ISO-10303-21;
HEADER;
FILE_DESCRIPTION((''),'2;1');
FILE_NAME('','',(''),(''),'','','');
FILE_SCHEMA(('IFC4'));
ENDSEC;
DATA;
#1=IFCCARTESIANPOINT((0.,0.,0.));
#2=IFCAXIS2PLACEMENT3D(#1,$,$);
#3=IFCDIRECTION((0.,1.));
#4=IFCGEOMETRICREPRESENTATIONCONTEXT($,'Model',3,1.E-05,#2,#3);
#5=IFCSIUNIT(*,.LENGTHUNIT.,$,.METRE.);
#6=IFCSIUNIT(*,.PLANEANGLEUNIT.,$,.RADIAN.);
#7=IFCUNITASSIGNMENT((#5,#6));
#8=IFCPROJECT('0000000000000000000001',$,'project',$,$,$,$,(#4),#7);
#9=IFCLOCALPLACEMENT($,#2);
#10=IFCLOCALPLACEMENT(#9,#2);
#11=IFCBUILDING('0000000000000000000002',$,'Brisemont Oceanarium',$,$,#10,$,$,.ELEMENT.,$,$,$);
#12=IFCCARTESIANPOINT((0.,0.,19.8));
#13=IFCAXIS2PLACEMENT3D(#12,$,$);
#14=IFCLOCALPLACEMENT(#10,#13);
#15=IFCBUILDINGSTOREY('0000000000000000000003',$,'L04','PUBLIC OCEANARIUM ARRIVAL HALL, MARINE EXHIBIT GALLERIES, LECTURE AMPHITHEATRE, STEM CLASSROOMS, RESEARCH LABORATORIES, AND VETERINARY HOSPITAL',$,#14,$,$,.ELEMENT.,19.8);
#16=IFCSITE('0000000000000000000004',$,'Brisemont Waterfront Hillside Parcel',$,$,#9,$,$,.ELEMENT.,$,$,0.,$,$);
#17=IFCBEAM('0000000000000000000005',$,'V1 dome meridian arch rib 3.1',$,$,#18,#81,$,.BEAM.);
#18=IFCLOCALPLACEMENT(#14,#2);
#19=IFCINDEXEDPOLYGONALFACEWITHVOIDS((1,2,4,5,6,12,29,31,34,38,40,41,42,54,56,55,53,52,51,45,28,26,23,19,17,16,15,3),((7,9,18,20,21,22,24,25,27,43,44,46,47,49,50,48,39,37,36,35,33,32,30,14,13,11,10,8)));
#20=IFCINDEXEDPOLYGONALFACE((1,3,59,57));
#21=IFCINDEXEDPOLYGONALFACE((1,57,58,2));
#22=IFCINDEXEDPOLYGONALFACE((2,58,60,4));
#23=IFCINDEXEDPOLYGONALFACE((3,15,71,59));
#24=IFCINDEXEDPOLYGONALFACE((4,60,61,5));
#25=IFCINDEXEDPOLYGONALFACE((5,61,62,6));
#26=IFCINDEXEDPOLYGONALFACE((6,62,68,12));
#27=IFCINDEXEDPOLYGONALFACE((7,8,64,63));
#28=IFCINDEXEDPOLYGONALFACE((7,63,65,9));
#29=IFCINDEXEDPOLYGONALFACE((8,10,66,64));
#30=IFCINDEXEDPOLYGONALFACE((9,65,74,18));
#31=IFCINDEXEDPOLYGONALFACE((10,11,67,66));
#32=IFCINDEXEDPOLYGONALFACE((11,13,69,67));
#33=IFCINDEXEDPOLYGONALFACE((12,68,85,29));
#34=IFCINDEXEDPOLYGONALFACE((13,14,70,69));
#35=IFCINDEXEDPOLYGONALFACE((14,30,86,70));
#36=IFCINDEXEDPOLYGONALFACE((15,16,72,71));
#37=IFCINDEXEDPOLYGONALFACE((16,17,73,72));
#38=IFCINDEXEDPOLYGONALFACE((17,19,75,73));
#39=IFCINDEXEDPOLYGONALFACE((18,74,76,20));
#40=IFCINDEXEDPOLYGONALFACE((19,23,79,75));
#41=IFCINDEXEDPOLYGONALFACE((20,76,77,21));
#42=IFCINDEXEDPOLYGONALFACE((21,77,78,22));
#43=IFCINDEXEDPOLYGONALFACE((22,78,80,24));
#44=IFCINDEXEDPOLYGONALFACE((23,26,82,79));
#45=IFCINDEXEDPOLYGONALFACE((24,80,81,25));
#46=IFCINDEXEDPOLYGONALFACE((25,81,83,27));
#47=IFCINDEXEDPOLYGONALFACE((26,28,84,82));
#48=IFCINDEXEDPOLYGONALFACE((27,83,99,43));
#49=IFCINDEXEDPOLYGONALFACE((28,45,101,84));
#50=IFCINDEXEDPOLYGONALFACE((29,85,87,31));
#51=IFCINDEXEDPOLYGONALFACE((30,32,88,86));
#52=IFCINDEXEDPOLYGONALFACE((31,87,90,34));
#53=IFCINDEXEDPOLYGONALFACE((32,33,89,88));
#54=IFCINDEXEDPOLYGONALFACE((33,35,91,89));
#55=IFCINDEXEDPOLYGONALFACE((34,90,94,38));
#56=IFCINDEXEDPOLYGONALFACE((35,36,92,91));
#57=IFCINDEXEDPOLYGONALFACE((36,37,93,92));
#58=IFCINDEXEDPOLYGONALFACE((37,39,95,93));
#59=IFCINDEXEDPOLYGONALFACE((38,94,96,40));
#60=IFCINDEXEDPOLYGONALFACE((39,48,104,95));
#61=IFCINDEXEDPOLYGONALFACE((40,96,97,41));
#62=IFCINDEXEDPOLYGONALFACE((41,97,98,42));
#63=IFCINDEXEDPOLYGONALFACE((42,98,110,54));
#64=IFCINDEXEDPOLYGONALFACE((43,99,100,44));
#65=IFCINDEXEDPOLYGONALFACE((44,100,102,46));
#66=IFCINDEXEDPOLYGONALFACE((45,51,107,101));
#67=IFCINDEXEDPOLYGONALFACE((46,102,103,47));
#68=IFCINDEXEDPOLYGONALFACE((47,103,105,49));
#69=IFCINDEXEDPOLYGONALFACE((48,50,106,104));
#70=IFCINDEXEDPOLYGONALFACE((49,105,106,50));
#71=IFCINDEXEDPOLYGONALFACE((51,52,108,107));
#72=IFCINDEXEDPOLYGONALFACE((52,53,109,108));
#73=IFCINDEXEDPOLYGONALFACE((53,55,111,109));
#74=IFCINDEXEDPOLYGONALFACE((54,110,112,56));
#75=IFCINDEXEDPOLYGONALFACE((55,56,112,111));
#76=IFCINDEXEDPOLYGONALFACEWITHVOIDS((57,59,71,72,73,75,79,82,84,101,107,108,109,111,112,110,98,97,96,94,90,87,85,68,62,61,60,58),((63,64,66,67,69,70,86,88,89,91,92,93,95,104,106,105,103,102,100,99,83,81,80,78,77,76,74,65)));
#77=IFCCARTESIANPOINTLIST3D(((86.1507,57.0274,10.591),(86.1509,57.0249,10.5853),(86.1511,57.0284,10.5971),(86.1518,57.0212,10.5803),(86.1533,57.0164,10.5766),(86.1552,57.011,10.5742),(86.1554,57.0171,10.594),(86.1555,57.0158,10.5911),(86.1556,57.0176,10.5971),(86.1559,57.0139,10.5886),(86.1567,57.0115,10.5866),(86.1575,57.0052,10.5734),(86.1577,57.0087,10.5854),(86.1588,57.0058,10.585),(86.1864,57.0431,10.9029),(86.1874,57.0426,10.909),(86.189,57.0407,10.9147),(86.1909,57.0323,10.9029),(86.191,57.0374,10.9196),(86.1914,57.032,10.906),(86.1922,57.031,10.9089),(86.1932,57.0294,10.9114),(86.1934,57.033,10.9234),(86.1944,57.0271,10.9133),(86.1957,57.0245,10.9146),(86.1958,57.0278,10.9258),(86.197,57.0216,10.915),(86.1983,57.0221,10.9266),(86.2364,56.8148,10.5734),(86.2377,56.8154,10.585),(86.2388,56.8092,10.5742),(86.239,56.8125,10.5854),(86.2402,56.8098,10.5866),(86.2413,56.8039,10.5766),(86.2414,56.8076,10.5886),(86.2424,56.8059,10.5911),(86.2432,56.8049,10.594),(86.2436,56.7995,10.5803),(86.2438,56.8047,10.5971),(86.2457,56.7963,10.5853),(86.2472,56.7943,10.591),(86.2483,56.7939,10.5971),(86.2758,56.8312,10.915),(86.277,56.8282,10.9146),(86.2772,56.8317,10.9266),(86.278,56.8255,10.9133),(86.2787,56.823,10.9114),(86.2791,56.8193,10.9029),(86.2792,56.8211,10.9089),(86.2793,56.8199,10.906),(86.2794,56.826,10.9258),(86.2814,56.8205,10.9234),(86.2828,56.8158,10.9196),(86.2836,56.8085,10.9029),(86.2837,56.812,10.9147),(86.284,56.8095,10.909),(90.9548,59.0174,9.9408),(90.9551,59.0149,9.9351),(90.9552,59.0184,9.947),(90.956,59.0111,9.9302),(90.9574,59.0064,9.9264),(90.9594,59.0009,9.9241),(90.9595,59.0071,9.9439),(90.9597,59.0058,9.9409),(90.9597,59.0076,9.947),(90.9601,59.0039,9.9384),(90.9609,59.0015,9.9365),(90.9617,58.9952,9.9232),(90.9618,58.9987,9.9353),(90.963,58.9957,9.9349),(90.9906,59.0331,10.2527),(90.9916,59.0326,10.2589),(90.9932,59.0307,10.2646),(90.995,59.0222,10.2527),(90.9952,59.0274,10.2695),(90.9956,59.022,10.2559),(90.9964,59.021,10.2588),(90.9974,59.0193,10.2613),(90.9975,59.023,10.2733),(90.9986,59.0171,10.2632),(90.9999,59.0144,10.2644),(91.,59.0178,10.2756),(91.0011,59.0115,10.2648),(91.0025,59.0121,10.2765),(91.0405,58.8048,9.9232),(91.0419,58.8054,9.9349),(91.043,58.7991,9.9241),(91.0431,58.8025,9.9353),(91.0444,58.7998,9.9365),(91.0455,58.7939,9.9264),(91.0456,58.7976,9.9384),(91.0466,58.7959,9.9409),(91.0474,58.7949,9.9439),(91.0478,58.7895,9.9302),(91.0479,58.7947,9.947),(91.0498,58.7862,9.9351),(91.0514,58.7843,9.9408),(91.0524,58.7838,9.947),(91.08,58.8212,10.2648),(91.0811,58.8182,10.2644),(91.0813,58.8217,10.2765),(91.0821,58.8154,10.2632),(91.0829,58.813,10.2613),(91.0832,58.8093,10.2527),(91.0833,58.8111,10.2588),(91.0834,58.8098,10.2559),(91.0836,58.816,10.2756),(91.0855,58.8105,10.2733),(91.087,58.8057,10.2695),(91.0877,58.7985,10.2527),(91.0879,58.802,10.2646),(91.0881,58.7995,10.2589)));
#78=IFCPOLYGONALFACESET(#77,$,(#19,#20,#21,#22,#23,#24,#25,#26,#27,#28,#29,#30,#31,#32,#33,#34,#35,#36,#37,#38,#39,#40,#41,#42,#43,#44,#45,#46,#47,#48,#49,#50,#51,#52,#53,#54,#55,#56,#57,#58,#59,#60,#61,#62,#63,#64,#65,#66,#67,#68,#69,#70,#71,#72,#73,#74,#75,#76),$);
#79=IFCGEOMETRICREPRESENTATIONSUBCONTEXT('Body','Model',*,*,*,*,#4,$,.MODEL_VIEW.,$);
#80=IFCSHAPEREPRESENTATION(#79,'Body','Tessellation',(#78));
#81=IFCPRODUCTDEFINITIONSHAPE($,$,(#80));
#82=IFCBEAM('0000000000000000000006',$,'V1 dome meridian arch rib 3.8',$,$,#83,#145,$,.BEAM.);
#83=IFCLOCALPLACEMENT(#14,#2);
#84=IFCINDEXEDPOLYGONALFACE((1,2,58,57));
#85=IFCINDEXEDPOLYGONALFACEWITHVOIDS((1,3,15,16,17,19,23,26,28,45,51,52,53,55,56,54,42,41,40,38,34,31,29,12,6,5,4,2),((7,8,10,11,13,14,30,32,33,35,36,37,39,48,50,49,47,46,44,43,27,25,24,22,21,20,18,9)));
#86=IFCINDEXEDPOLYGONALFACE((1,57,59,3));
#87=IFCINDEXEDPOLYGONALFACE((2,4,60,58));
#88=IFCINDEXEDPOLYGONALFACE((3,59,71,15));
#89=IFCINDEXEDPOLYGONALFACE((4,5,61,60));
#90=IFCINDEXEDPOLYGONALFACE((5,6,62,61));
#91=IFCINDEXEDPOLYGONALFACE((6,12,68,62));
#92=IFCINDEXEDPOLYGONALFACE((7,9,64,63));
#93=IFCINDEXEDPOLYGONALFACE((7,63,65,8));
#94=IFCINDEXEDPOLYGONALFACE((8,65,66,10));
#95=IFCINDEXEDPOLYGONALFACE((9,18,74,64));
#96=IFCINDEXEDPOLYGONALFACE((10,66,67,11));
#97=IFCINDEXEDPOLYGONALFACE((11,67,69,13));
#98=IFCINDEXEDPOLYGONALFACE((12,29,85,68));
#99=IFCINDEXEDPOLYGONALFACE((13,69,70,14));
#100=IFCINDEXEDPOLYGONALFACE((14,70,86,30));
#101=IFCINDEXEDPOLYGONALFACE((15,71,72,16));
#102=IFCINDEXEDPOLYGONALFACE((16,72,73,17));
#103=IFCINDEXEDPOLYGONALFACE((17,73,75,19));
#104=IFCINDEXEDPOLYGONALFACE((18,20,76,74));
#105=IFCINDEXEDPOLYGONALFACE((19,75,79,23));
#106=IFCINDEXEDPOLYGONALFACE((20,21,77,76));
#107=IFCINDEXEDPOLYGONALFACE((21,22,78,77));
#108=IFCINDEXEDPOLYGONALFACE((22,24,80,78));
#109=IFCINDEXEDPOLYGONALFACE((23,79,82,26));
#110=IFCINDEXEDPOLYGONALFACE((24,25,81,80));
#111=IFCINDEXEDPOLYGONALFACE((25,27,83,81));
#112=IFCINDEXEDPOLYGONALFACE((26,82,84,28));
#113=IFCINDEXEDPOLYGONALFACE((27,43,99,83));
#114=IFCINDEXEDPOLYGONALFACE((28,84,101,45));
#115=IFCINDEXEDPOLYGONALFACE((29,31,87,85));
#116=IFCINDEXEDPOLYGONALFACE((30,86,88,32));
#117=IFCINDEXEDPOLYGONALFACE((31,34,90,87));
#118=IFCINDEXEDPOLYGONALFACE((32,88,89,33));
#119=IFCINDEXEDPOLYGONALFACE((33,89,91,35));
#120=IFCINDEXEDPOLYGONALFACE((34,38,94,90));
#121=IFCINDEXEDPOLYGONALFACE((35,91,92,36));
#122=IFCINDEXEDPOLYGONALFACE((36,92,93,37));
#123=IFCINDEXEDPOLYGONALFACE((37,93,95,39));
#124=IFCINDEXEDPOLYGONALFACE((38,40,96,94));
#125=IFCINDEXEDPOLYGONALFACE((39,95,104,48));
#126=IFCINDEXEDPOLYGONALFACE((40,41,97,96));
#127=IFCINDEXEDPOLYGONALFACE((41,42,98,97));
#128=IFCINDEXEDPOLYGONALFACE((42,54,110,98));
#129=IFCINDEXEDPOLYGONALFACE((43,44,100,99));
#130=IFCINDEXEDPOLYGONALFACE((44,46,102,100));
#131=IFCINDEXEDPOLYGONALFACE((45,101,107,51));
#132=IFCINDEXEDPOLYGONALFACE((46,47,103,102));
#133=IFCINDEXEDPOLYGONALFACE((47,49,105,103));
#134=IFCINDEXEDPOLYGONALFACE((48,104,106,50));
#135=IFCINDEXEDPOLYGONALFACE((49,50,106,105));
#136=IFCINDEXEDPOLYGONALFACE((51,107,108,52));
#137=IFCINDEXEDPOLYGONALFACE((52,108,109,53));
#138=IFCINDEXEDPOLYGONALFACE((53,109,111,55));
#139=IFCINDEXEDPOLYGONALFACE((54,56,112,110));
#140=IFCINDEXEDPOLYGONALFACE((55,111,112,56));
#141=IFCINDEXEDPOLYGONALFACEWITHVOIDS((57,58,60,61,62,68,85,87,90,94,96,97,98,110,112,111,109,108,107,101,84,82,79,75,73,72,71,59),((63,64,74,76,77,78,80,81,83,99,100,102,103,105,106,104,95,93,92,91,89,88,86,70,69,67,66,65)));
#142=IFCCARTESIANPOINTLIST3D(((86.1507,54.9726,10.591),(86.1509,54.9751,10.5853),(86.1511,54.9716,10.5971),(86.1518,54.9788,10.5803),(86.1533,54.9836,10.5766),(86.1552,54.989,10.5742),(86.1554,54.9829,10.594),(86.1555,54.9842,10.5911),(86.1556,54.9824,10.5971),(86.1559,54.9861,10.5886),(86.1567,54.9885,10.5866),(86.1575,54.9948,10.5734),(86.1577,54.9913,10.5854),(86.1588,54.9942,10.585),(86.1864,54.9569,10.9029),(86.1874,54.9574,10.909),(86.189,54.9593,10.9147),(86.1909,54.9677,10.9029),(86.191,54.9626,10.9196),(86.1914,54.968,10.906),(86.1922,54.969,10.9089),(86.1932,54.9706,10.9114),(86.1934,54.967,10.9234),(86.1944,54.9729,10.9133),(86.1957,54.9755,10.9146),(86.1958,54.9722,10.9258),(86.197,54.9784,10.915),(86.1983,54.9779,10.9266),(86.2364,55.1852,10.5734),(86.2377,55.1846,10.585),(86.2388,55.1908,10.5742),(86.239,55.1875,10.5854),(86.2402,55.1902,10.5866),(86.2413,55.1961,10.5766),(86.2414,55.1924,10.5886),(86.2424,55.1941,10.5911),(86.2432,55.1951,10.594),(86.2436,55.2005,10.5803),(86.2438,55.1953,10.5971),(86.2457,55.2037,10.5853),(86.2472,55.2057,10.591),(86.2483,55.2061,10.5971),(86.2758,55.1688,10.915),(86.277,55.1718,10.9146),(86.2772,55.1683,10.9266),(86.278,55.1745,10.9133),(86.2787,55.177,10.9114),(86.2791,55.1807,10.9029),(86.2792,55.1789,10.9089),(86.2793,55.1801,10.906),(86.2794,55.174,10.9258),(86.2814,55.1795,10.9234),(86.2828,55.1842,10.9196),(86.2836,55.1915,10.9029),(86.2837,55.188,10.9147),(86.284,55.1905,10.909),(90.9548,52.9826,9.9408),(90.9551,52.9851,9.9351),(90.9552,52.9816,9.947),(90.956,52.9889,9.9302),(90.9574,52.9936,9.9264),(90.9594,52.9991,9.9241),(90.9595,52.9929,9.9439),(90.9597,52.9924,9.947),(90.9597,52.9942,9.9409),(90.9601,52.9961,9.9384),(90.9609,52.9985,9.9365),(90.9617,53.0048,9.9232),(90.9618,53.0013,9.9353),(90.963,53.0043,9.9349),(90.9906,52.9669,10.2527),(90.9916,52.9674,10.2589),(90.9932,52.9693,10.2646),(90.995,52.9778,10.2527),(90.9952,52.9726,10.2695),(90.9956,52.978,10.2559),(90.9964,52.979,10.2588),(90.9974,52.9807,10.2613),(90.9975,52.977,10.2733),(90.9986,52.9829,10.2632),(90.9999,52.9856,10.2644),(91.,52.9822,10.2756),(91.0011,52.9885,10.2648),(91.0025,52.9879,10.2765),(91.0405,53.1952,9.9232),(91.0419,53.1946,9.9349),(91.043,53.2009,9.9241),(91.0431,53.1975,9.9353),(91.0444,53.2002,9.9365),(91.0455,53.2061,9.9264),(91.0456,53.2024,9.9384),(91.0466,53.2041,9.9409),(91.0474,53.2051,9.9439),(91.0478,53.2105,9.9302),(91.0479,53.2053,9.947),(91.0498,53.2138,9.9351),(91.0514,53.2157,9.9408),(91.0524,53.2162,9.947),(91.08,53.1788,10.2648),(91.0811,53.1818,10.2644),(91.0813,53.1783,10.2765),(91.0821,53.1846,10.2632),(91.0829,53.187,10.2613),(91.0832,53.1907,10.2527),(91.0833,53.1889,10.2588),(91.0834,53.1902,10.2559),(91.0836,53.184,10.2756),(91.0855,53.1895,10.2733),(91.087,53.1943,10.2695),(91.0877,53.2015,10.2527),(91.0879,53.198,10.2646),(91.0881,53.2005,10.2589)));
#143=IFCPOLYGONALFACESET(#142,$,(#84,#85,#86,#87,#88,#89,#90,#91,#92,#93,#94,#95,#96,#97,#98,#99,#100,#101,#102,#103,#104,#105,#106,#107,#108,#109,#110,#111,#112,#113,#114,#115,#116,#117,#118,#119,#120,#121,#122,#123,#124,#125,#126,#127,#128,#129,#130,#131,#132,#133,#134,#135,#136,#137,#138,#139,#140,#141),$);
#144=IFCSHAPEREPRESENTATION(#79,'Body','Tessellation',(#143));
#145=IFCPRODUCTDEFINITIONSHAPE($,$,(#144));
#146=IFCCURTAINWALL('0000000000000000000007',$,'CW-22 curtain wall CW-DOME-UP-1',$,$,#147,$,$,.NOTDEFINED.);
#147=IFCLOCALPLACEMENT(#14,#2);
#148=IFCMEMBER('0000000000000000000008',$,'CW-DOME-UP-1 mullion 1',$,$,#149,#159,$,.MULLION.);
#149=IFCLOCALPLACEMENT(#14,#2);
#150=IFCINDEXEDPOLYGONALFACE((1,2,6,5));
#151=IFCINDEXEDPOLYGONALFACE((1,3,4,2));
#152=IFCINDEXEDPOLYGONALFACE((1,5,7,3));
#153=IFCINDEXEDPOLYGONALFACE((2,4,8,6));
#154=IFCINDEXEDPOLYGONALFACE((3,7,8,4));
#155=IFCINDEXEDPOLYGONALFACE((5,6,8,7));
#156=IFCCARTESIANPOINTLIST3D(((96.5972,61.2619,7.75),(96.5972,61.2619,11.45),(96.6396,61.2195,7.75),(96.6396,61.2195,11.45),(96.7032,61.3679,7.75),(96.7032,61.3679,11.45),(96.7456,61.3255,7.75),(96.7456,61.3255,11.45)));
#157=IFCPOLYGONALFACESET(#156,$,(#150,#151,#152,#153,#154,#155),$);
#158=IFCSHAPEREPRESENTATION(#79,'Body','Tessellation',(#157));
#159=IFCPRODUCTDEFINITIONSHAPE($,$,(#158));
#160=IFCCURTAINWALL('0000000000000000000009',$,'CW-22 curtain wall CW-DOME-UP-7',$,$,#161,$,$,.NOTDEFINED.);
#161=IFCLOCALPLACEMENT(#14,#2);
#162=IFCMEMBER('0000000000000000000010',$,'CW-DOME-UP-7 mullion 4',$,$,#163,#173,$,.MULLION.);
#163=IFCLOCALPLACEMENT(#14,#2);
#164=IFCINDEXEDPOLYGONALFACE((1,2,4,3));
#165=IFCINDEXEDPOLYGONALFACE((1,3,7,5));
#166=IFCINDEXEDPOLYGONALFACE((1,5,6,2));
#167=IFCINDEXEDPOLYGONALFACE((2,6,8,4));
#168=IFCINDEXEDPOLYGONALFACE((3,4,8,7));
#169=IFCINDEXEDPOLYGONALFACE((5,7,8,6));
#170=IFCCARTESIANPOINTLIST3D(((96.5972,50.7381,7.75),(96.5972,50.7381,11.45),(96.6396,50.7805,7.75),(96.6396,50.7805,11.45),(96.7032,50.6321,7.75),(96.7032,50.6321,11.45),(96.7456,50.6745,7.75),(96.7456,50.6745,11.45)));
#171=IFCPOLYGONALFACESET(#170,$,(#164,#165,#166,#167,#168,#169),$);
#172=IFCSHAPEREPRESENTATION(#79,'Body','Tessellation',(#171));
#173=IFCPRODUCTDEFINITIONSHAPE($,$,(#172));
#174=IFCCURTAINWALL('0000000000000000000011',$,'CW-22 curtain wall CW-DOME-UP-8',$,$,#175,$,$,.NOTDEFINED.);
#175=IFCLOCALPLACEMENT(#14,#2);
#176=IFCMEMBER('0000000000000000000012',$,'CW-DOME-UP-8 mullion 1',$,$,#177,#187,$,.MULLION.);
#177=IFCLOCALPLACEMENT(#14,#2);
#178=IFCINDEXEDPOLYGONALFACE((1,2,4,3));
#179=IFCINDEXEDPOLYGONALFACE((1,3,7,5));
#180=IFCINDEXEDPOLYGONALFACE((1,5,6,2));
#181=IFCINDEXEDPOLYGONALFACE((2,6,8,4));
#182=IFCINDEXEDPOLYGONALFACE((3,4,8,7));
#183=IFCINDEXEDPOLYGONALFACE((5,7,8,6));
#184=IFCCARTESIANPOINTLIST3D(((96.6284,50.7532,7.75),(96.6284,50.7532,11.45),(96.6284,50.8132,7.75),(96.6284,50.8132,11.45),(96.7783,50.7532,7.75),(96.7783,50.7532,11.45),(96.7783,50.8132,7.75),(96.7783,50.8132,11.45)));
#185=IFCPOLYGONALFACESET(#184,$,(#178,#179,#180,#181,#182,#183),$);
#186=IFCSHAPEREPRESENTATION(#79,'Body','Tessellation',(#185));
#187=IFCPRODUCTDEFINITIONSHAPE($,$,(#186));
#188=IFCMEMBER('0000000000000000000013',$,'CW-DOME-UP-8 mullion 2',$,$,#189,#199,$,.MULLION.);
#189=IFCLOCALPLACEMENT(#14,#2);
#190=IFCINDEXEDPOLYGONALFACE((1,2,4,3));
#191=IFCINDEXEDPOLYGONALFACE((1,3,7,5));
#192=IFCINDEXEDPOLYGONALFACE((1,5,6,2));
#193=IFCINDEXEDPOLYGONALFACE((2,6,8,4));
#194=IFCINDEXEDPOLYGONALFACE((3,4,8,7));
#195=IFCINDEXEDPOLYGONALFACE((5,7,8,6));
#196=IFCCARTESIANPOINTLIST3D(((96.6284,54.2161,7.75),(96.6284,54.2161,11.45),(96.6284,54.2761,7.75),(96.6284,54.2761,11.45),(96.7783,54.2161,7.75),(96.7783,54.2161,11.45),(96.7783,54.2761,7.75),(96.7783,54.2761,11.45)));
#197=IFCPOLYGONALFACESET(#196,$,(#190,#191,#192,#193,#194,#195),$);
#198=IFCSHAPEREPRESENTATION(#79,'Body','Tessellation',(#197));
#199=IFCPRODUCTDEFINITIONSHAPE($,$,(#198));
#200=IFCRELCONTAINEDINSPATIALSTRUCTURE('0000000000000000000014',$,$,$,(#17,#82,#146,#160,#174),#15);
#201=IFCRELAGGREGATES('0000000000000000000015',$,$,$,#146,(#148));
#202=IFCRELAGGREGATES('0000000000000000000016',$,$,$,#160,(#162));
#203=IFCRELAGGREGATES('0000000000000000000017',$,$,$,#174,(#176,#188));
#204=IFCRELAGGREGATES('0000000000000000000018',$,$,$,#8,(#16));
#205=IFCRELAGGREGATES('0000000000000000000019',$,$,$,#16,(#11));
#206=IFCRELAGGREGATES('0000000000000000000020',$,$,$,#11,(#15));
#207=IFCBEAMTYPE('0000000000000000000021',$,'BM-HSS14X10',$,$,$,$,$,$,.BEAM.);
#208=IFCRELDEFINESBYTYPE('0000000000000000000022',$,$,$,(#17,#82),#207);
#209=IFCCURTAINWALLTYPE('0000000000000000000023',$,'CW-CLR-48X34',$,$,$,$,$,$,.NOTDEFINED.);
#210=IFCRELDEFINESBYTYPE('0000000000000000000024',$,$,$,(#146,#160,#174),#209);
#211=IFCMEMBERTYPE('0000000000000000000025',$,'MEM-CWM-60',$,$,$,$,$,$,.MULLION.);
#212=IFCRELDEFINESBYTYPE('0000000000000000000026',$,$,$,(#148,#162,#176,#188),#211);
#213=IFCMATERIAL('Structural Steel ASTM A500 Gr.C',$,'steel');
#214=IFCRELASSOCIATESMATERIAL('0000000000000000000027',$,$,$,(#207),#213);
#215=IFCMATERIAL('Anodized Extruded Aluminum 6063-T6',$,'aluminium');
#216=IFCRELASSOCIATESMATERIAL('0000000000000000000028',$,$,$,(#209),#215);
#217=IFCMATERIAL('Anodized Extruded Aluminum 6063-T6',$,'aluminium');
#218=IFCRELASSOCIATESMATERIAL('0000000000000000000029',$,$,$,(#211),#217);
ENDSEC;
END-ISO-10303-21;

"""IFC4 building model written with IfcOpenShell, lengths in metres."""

from ifc_helpers import new_model, si_unit, direction, frame, origin, origin_2d, place, context, subcontext, project, spatial, rectangle, hollow_rectangle, extrude, material, material_profile, profile_set, type_object, element, aggregate, save


model = new_model("IFC4")

# Units and contexts
model_context = context("Model", 3, precision=1e-05, world=origin(), true_north=direction((0.0, 1.0)))
body_context = subcontext(model_context, "Body", "Model", "MODEL_VIEW")
ifc_project = project(units=[si_unit("LENGTHUNIT", "METRE"), si_unit("PLANEANGLEUNIT", "RADIAN")], contexts=[model_context])

# Site, building, storey
site_placement = place(None, origin())
site = spatial("IfcSite", under=ifc_project, at=site_placement, Name="Brisemont Waterfront Hillside Parcel", CompositionType="ELEMENT", RefElevation=0.0)
building_placement = place(site_placement, origin())
building = spatial("IfcBuilding", under=site, at=building_placement, Name="Brisemont Oceanarium", CompositionType="ELEMENT")
storey_placement = place(building_placement, frame((0.0, 0.0, 19.8)))
storey = spatial("IfcBuildingStorey", under=building, at=storey_placement, Name="L04", Description="PUBLIC OCEANARIUM ARRIVAL HALL, MARINE EXHIBIT GALLERIES, LECTURE AMPHITHEATRE, STEM CLASSROOMS, RESEARCH LABORATORIES, AND VETERINARY HOSPITAL", CompositionType="ELEMENT", Elevation=19.8)

# Beams
ifc_material_1 = material(Name="Structural Steel ASTM A500 Gr.C", Category="steel")
ifc_material_profile_1 = material_profile(ifc_material_1, hollow_rectangle(XDim=0.2539, YDim=0.356, WallThickness=0.0117, InnerFilletRadius=0.0122, OuterFilletRadius=0.0239, at=origin_2d()), Name="HSS14X10X1/2")
ifc_profile_set_1 = profile_set([ifc_material_profile_1], Name="Structural Steel ASTM A500 Gr.C")
beam_type_1 = type_object("IfcBeamType", Name="BM-HSS14X10", PredefinedType="BEAM", material=ifc_profile_set_1)
for number, where, z_axis, x_axis, name in (
    (1, (91.0215, 58.9084, 10.0999), (-0.91674, -0.379731, 0.124061), (0.382688, -0.923878, 0.0), "V1 dome meridian arch rib 3.1"),
    (2, (91.0215, 53.0916, 10.0999), (-0.91674, 0.379731, 0.124061), (-0.382688, -0.923878, 0.0), "V1 dome meridian arch rib 3.8"),
):
    element("IfcBeam", number, at=place(storey_placement, frame(where, z_axis=z_axis, x_axis=x_axis)), inside=storey, type_object=beam_type_1, Name=name, PredefinedType="BEAM", context=body_context, shape_type="SweptSolid", body=[
        extrude(hollow_rectangle(XDim=0.2539, YDim=0.356, WallThickness=0.0117, InnerFilletRadius=0.0122, OuterFilletRadius=0.0239, at=origin_2d()), origin(), (0.0, 0.0, 1.0), 5.2405),
    ])

# Curtain walls, members
ifc_material_2 = material(Name="Anodized Extruded Aluminum 6063-T6", Category="aluminium")
curtain_wall_type = type_object("IfcCurtainWallType", Name="CW-CLR-48X34", PredefinedType="NOTDEFINED", material=ifc_material_2)
curtain_wall_1_placement = place(storey_placement, origin())
curtain_wall_1 = element("IfcCurtainWall", 3, at=curtain_wall_1_placement, inside=storey, type_object=curtain_wall_type, Name="CW-22 curtain wall CW-DOME-UP-1", PredefinedType="NOTDEFINED")
ifc_material_3 = material(Name="Anodized Extruded Aluminum 6063-T6", Category="aluminium")
ifc_material_profile_2 = material_profile(ifc_material_3, rectangle(XDim=0.0601, YDim=0.1499, at=origin_2d()), Name="CWM-60X150")
ifc_profile_set_2 = profile_set([ifc_material_profile_2], Name="Anodized Extruded Aluminum 6063-T6")
member_type_1 = type_object("IfcMemberType", Name="MEM-CWM-60", PredefinedType="MULLION", material=ifc_profile_set_2)
member_1_placement = place(storey_placement, frame((96.6714, 61.2937, 7.75), z_axis=(0.0, 0.0, 1.0), x_axis=(-0.707107, 0.707107, 0.0)))
member_1 = element("IfcMember", 4, at=member_1_placement, type_object=member_type_1, Name="CW-DOME-UP-1 mullion 1", PredefinedType="MULLION", context=body_context, shape_type="SweptSolid", body=[
    extrude(rectangle(XDim=0.0601, YDim=0.1499, at=origin_2d()), origin(), (0.0, 0.0, 1.0), 3.7),
])
curtain_wall_2_placement = place(storey_placement, origin())
curtain_wall_2 = element("IfcCurtainWall", 5, at=curtain_wall_2_placement, inside=storey, type_object=curtain_wall_type, Name="CW-22 curtain wall CW-DOME-UP-7", PredefinedType="NOTDEFINED")
member_2_placement = place(storey_placement, frame((96.6714, 50.7063, 7.75), z_axis=(0.0, 0.0, 1.0), x_axis=(0.707107, 0.707107, 0.0)))
member_2 = element("IfcMember", 6, at=member_2_placement, type_object=member_type_1, Name="CW-DOME-UP-7 mullion 4", PredefinedType="MULLION", context=body_context, shape_type="SweptSolid", body=[
    extrude(rectangle(XDim=0.0601, YDim=0.1499, at=origin_2d()), origin(), (0.0, 0.0, 1.0), 3.7),
])

# Curtain wall, members
curtain_wall_3_placement = place(storey_placement, origin())
curtain_wall_3 = element("IfcCurtainWall", 7, at=curtain_wall_3_placement, inside=storey, type_object=curtain_wall_type, Name="CW-22 curtain wall CW-DOME-UP-8", PredefinedType="NOTDEFINED")
member_3_placement = place(storey_placement, frame((96.7034, 50.7832, 7.75), z_axis=(0.0, 0.0, 1.0), x_axis=(0.0, 1.0, 0.0)))
member_3 = element("IfcMember", 8, at=member_3_placement, type_object=member_type_1, Name="CW-DOME-UP-8 mullion 1", PredefinedType="MULLION", context=body_context, shape_type="SweptSolid", body=[
    extrude(rectangle(XDim=0.0601, YDim=0.1499, at=origin_2d()), origin(), (0.0, 0.0, 1.0), 3.7),
])
member_4_placement = place(storey_placement, frame((96.7034, 54.2461, 7.75), z_axis=(0.0, 0.0, 1.0), x_axis=(0.0, 1.0, 0.0)))
member_4 = element("IfcMember", 9, at=member_4_placement, type_object=member_type_1, Name="CW-DOME-UP-8 mullion 2", PredefinedType="MULLION", context=body_context, shape_type="SweptSolid", body=[
    extrude(rectangle(XDim=0.0601, YDim=0.1499, at=origin_2d()), origin(), (0.0, 0.0, 1.0), 3.7),
])

aggregate(curtain_wall_1, [member_1])

aggregate(curtain_wall_2, [member_2])
aggregate(curtain_wall_3, [member_3, member_4])

save(model, "model.ifc")
